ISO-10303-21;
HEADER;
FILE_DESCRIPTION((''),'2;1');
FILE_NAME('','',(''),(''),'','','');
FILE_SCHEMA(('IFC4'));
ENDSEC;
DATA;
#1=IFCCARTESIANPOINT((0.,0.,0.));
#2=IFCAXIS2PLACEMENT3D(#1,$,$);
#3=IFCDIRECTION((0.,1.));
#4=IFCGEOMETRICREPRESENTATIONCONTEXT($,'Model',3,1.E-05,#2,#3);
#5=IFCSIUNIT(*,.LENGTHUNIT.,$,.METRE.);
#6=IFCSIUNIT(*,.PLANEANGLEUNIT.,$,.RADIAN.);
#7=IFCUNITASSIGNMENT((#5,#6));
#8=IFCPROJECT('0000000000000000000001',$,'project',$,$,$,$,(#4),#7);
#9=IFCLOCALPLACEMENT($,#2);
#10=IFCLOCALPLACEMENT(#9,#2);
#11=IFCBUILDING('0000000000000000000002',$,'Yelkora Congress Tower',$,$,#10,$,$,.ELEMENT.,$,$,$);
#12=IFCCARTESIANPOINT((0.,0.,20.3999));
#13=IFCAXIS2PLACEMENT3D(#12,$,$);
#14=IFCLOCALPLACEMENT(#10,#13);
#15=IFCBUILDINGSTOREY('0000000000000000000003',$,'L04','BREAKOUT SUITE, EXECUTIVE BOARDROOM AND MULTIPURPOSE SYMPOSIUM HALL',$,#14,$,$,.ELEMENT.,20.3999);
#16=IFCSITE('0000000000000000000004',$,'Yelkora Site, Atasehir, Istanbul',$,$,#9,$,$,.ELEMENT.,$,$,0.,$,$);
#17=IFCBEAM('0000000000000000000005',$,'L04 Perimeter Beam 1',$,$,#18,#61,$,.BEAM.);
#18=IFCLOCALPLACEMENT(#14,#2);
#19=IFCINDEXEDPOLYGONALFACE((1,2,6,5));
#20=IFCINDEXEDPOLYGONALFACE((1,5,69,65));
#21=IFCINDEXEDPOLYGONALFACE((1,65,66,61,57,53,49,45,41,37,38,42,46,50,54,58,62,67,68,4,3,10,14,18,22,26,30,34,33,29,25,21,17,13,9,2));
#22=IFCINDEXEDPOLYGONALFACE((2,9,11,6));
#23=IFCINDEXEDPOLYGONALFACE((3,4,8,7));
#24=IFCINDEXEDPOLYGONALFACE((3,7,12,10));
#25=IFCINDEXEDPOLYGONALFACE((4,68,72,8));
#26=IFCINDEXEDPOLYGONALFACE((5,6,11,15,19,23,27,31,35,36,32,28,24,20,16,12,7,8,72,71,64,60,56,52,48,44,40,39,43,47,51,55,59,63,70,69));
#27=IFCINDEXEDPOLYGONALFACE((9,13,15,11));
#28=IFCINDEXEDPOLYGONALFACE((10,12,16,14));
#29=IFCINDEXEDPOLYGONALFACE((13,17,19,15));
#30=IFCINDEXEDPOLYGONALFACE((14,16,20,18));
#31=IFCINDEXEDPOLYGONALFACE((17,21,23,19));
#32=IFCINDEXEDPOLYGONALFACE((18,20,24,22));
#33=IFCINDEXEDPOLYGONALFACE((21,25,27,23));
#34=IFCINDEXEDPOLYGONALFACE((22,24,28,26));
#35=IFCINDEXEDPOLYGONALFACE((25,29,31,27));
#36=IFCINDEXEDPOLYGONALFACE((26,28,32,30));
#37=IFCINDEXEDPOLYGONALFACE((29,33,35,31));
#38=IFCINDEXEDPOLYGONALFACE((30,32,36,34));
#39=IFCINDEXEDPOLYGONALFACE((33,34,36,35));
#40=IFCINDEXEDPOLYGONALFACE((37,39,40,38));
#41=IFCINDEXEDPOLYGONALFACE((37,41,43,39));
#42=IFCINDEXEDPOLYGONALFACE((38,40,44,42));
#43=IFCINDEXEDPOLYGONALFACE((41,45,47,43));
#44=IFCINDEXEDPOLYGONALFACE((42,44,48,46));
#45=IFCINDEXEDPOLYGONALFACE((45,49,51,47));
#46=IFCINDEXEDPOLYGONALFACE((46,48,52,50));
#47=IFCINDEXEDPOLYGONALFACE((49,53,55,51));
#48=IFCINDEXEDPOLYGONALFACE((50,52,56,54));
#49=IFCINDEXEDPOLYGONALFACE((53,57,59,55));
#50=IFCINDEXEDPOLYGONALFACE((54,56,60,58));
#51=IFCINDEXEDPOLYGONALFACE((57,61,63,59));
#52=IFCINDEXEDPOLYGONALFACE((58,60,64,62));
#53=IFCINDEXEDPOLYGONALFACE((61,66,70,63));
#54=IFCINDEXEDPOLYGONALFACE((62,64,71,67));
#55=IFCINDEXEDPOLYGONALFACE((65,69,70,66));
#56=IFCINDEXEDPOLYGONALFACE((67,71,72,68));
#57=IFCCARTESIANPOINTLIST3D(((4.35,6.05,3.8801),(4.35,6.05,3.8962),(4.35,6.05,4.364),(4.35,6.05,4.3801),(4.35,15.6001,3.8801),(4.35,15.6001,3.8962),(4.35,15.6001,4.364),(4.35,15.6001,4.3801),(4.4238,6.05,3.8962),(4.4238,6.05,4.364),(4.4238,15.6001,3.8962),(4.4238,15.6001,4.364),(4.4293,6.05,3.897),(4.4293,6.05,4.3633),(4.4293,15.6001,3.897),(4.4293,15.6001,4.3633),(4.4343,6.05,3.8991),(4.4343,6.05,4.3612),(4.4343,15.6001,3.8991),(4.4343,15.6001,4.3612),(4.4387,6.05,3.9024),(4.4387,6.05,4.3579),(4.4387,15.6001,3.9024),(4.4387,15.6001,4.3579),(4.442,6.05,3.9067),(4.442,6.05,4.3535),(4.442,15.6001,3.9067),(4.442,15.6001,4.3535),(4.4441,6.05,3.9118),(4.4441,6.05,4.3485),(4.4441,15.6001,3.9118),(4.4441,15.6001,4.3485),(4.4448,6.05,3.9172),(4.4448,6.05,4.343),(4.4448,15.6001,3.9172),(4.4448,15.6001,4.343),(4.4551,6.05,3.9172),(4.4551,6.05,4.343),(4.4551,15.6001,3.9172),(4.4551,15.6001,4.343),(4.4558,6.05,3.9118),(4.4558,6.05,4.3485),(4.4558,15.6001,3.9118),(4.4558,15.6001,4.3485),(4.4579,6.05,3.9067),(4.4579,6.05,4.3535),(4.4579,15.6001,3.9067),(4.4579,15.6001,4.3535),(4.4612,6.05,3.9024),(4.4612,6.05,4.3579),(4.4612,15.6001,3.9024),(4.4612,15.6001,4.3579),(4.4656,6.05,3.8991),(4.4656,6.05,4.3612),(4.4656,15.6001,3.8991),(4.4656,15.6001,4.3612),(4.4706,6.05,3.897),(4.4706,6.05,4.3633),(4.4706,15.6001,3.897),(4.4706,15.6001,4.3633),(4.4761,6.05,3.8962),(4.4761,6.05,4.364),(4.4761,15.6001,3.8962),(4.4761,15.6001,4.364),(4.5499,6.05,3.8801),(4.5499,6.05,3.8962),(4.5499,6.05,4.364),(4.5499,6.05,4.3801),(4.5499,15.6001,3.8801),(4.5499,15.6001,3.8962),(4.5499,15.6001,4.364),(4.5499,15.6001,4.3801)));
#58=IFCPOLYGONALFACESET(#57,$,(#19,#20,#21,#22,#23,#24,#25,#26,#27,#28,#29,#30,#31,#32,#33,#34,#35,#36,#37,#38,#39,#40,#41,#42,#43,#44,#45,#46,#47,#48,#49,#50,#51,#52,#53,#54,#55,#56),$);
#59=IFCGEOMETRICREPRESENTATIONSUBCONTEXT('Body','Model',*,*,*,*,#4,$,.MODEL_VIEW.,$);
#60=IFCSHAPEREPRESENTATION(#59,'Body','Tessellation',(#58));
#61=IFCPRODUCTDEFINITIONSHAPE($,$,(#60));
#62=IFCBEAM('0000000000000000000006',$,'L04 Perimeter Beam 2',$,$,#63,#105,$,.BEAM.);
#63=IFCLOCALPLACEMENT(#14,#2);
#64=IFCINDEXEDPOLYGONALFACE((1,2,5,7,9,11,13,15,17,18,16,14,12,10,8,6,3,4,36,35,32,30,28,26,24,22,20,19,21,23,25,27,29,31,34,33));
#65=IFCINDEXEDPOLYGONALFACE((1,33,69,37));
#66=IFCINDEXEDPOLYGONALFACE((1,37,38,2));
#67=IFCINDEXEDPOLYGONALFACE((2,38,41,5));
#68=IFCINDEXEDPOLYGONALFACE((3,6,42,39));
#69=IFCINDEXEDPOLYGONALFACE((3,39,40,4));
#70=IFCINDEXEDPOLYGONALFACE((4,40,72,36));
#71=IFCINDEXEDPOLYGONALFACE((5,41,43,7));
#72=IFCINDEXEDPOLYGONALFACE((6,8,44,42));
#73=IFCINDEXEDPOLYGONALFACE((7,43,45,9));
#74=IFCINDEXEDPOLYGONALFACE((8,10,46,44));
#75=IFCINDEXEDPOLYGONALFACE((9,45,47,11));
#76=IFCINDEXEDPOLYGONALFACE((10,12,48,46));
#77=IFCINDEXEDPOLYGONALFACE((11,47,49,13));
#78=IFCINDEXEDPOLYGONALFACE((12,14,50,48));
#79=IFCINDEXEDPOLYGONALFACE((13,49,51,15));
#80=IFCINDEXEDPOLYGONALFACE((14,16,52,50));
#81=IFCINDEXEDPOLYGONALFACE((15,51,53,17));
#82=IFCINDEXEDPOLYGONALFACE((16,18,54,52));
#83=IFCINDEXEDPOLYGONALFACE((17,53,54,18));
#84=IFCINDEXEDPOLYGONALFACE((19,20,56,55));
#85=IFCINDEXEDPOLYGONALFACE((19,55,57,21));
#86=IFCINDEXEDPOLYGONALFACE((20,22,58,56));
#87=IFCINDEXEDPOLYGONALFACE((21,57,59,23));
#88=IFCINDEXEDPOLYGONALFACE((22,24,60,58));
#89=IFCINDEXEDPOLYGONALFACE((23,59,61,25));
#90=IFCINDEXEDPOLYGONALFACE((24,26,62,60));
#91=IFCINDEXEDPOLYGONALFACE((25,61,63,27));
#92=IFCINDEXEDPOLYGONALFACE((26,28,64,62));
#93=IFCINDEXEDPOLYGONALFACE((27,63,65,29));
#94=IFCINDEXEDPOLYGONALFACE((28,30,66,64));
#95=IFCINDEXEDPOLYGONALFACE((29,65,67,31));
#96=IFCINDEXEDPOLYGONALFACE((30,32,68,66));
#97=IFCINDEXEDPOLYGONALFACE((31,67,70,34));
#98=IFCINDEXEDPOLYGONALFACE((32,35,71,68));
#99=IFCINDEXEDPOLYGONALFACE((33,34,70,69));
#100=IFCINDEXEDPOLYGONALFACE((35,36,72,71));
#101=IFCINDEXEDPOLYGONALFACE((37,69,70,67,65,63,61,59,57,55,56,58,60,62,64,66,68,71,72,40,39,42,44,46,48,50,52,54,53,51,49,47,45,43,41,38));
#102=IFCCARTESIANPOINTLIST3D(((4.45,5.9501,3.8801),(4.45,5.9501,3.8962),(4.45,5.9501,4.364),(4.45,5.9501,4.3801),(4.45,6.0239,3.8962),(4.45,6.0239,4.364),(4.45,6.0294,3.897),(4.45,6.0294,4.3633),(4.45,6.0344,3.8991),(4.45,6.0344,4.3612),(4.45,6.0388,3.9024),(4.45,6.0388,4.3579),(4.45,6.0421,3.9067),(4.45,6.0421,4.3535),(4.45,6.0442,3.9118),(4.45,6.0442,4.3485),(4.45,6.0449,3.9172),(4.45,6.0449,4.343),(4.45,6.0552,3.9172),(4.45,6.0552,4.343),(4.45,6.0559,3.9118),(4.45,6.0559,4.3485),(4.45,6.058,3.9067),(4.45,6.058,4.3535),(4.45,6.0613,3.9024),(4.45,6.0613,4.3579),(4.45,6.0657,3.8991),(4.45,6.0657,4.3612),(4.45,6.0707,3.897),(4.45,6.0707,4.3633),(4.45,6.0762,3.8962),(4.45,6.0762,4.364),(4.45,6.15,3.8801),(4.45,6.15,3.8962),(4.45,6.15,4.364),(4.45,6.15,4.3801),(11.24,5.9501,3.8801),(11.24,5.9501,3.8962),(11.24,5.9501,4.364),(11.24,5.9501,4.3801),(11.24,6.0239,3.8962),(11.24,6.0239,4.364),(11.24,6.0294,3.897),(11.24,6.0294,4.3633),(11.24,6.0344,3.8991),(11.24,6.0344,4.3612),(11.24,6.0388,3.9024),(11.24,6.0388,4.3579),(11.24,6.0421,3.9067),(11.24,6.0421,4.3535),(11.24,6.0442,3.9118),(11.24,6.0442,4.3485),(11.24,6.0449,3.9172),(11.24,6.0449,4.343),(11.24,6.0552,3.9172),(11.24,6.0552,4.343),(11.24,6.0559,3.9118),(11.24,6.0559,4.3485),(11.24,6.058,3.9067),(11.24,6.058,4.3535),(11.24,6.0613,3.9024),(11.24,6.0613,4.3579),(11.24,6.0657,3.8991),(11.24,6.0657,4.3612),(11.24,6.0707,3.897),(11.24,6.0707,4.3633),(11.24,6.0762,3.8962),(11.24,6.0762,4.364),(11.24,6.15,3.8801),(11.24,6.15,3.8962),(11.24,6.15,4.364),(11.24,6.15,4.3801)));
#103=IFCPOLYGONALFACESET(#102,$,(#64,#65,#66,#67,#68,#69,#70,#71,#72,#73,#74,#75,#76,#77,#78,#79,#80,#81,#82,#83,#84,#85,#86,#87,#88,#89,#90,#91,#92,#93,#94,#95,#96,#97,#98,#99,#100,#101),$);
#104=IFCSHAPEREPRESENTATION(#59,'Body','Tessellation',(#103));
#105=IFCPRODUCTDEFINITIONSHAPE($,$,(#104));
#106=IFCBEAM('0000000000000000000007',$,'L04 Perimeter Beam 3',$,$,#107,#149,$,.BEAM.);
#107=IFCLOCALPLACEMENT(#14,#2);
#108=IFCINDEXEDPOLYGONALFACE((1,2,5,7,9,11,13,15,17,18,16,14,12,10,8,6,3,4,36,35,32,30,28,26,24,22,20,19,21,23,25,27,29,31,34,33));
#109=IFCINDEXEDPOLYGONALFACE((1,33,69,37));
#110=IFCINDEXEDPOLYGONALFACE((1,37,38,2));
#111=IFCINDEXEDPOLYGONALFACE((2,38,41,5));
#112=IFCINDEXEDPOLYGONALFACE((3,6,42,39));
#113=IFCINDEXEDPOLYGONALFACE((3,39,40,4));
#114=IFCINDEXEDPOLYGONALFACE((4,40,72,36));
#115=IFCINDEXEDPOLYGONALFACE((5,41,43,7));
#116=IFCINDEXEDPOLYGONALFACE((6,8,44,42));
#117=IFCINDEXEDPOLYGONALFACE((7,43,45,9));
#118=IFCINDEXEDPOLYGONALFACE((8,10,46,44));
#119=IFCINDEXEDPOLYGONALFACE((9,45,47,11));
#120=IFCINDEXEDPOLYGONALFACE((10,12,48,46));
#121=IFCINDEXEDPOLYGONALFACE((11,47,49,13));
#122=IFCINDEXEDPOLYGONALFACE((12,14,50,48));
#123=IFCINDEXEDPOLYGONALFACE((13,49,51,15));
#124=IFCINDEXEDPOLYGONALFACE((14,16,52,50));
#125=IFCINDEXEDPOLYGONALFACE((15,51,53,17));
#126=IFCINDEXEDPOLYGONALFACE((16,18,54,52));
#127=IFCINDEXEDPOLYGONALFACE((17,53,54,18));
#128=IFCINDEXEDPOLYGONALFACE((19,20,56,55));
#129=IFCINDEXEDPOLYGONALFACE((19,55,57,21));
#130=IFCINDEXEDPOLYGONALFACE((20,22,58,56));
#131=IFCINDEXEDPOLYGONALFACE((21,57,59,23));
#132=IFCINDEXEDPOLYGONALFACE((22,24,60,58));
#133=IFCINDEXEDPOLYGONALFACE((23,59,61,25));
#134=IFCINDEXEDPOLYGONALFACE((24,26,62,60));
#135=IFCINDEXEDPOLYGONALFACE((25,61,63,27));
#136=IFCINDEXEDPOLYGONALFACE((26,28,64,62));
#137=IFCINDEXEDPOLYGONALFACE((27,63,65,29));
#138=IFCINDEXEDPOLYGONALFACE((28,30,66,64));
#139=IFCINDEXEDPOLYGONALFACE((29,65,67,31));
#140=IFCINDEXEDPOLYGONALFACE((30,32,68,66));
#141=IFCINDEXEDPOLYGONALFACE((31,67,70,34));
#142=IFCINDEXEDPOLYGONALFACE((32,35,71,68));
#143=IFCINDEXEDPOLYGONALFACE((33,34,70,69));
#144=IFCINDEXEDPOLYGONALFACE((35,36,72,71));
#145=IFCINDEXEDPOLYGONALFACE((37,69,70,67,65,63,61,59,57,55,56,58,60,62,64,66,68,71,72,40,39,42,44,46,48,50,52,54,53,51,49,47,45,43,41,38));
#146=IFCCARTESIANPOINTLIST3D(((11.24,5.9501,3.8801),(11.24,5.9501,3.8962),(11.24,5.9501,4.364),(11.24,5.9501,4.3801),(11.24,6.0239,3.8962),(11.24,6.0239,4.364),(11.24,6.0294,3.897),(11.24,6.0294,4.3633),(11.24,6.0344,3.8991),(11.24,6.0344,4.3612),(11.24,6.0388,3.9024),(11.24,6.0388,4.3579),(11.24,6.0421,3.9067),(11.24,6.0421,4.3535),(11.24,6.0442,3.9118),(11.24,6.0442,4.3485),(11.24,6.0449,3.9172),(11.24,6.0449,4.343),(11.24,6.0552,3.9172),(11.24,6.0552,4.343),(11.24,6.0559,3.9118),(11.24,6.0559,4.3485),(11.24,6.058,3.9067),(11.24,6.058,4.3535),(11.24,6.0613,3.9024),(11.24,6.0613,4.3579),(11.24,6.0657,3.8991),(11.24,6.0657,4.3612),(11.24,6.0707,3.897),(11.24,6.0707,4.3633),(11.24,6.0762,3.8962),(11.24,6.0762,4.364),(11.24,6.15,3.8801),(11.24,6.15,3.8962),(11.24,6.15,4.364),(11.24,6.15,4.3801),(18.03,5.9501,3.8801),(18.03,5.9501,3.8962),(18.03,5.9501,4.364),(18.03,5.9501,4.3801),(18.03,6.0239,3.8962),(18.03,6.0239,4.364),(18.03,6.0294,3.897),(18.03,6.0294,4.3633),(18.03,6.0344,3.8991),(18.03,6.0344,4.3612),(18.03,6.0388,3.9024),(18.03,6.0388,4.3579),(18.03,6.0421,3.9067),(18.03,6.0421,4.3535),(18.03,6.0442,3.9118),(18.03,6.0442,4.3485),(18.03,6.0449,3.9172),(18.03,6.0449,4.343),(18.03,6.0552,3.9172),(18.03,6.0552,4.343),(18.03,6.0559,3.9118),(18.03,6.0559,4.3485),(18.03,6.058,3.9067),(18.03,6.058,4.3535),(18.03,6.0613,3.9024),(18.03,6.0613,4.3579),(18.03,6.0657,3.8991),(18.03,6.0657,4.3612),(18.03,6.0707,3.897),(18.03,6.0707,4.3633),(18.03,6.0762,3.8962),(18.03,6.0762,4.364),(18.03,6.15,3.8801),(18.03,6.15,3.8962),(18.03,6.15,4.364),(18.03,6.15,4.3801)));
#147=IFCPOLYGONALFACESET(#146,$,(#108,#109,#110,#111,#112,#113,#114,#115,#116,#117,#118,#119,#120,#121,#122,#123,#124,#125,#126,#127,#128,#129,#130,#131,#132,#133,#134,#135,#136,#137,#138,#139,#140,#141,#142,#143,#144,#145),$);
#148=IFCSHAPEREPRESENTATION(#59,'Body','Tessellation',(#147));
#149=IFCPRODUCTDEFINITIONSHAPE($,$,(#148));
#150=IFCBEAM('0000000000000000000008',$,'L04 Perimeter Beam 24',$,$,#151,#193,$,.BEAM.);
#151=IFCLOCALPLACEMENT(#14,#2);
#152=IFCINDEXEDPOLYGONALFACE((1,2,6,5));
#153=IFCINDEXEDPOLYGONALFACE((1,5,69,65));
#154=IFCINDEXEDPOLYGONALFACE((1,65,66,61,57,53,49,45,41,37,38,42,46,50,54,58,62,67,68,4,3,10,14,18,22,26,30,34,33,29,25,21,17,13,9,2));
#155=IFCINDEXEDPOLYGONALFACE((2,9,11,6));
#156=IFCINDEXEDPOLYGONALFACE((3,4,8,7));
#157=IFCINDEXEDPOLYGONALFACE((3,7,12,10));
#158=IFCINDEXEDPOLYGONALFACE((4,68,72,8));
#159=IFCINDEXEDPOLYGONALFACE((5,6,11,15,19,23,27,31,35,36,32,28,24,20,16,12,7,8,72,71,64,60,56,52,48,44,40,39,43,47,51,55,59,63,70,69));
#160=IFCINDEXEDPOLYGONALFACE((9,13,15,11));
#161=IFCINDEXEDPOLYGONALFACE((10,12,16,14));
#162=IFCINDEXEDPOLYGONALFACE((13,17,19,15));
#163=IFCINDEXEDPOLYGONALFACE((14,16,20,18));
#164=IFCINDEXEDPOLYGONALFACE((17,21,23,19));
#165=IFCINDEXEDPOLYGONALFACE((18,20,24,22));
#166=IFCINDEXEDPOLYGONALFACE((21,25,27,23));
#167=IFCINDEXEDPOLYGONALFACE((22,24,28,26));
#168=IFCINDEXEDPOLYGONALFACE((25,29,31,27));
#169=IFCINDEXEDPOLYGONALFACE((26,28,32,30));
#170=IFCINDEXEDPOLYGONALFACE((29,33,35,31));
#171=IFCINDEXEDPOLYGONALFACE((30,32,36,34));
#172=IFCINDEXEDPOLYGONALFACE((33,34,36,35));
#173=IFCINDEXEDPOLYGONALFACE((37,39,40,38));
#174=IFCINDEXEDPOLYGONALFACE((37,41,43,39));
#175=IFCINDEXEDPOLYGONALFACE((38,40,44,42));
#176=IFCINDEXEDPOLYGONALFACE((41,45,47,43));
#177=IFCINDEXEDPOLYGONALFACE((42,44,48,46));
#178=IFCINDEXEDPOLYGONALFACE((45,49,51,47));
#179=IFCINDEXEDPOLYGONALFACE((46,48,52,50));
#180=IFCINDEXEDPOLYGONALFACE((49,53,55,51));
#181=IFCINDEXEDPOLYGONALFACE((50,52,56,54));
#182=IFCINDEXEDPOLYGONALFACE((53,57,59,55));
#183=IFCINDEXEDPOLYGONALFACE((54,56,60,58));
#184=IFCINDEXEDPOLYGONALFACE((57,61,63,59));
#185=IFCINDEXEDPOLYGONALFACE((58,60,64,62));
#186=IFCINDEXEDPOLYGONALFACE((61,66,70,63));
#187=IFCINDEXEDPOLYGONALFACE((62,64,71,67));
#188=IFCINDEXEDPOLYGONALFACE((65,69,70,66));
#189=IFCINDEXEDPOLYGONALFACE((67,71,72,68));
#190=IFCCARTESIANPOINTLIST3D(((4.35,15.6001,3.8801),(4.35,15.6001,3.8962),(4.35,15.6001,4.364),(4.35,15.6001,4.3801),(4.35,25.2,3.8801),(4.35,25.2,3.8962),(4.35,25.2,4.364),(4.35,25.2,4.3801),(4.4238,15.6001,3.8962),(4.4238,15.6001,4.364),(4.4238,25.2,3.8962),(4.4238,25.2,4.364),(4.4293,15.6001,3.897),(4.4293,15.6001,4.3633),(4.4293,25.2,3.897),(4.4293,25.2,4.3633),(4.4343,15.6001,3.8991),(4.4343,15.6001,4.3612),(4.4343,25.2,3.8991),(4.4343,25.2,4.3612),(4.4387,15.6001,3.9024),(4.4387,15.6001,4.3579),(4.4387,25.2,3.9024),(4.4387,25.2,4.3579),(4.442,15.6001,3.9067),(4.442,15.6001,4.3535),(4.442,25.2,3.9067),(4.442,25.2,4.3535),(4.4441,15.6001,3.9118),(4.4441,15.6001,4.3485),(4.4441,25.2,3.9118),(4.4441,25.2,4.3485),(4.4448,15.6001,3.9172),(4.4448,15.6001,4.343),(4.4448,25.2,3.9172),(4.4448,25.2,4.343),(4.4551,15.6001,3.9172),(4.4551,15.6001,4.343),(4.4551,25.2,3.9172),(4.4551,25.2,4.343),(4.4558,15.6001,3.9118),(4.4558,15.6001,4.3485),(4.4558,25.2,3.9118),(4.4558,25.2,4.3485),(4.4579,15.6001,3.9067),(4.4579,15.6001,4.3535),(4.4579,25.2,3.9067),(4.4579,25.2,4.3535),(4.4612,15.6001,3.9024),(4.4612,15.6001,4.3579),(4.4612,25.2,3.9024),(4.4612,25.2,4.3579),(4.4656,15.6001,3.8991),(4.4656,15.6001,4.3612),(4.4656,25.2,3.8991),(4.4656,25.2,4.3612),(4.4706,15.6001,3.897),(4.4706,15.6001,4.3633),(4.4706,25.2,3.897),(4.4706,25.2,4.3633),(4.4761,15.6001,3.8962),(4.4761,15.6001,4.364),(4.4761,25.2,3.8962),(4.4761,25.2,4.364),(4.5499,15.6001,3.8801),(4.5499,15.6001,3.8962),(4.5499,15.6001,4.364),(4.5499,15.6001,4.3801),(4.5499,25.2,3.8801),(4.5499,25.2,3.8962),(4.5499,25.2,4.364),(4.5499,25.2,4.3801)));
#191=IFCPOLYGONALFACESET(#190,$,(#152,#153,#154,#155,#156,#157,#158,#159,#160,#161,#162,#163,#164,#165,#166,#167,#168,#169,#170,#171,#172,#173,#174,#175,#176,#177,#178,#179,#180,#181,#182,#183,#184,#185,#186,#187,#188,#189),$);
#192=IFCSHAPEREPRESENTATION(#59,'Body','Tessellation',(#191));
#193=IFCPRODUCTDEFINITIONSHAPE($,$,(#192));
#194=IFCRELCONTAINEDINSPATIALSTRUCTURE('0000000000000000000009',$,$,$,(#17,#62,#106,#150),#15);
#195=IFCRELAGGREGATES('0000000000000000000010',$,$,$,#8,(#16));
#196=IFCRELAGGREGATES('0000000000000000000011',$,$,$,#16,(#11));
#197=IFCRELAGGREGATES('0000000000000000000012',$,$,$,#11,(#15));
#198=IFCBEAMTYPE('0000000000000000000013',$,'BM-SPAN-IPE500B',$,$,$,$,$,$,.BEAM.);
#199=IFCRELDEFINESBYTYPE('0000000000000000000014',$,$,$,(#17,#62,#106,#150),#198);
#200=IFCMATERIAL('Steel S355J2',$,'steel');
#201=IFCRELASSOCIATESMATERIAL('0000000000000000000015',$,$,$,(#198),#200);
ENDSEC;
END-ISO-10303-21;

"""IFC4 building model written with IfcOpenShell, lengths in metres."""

from ifc_helpers import new_model, si_unit, direction, frame, origin, origin_2d, place, context, subcontext, project, spatial, i_section, extrude, material, material_profile, profile_set, type_object, element, save


model = new_model("IFC4")

# Units and contexts
model_context = context("Model", 3, precision=1e-05, world=origin(), true_north=direction((0.0, 1.0)))
body_context = subcontext(model_context, "Body", "Model", "MODEL_VIEW")
ifc_project = project(units=[si_unit("LENGTHUNIT", "METRE"), si_unit("PLANEANGLEUNIT", "RADIAN")], contexts=[model_context])

# Site, building, storey
site_placement = place(None, origin())
site = spatial("IfcSite", under=ifc_project, at=site_placement, Name="Yelkora Site, Atasehir, Istanbul", CompositionType="ELEMENT", RefElevation=0.0)
building_placement = place(site_placement, origin())
building = spatial("IfcBuilding", under=site, at=building_placement, Name="Yelkora Congress Tower", CompositionType="ELEMENT")
storey_placement = place(building_placement, frame((0.0, 0.0, 20.3999)))
storey = spatial("IfcBuildingStorey", under=building, at=storey_placement, Name="L04", Description="BREAKOUT SUITE, EXECUTIVE BOARDROOM AND MULTIPURPOSE SYMPOSIUM HALL", CompositionType="ELEMENT", Elevation=20.3999)

# Beams
ifc_material_1 = material(Name="Steel S355J2", Category="steel")
ifc_material_profile_1 = material_profile(ifc_material_1, i_section(OverallWidth=0.2, OverallDepth=0.5, WebThickness=0.0103, FlangeThickness=0.0161, FilletRadius=0.021, at=origin_2d()), Name="IPE 500")
ifc_profile_set_1 = profile_set([ifc_material_profile_1], Name="Steel S355J2")
beam_type_1 = type_object("IfcBeamType", Name="BM-SPAN-IPE500B", PredefinedType="BEAM", material=ifc_profile_set_1)
beam_1_placement = place(storey_placement, frame((4.45, 15.6001, 4.1301), z_axis=(0.0, -1.0, 0.0), x_axis=(1.0, 0.0, 0.0)))
element("IfcBeam", 1, at=beam_1_placement, inside=storey, type_object=beam_type_1, Name="L04 Perimeter Beam 1", PredefinedType="BEAM", context=body_context, shape_type="SweptSolid", body=[
    extrude(i_section(OverallWidth=0.2, OverallDepth=0.5, WebThickness=0.0103, FlangeThickness=0.0161, FilletRadius=0.021, at=origin_2d()), origin(), (0.0, 0.0, 1.0), 9.55),
])
for number, where, z_axis, x_axis, name in (
    (2, (4.45, 6.05, 4.1301), (1.0, 0.0, 0.0), (0.0, 1.0, 0.0), "L04 Perimeter Beam 2"),
    (3, (11.24, 6.05, 4.1301), (1.0, 0.0, 0.0), (0.0, 1.0, 0.0), "L04 Perimeter Beam 3"),
):
    element("IfcBeam", number, at=place(storey_placement, frame(where, z_axis=z_axis, x_axis=x_axis)), inside=storey, type_object=beam_type_1, Name=name, PredefinedType="BEAM", context=body_context, shape_type="SweptSolid", body=[
        extrude(i_section(OverallWidth=0.2, OverallDepth=0.5, WebThickness=0.0103, FlangeThickness=0.0161, FilletRadius=0.021, at=origin_2d()), origin(), (0.0, 0.0, 1.0), 6.79),
    ])
beam_2_placement = place(storey_placement, frame((4.45, 25.2, 4.1301), z_axis=(0.0, -1.0, 0.0), x_axis=(1.0, 0.0, 0.0)))
element("IfcBeam", 4, at=beam_2_placement, inside=storey, type_object=beam_type_1, Name="L04 Perimeter Beam 24", PredefinedType="BEAM", context=body_context, shape_type="SweptSolid", body=[
    extrude(i_section(OverallWidth=0.2, OverallDepth=0.5, WebThickness=0.0103, FlangeThickness=0.0161, FilletRadius=0.021, at=origin_2d()), origin(), (0.0, 0.0, 1.0), 9.5999),
])

save(model, "model.ifc")
